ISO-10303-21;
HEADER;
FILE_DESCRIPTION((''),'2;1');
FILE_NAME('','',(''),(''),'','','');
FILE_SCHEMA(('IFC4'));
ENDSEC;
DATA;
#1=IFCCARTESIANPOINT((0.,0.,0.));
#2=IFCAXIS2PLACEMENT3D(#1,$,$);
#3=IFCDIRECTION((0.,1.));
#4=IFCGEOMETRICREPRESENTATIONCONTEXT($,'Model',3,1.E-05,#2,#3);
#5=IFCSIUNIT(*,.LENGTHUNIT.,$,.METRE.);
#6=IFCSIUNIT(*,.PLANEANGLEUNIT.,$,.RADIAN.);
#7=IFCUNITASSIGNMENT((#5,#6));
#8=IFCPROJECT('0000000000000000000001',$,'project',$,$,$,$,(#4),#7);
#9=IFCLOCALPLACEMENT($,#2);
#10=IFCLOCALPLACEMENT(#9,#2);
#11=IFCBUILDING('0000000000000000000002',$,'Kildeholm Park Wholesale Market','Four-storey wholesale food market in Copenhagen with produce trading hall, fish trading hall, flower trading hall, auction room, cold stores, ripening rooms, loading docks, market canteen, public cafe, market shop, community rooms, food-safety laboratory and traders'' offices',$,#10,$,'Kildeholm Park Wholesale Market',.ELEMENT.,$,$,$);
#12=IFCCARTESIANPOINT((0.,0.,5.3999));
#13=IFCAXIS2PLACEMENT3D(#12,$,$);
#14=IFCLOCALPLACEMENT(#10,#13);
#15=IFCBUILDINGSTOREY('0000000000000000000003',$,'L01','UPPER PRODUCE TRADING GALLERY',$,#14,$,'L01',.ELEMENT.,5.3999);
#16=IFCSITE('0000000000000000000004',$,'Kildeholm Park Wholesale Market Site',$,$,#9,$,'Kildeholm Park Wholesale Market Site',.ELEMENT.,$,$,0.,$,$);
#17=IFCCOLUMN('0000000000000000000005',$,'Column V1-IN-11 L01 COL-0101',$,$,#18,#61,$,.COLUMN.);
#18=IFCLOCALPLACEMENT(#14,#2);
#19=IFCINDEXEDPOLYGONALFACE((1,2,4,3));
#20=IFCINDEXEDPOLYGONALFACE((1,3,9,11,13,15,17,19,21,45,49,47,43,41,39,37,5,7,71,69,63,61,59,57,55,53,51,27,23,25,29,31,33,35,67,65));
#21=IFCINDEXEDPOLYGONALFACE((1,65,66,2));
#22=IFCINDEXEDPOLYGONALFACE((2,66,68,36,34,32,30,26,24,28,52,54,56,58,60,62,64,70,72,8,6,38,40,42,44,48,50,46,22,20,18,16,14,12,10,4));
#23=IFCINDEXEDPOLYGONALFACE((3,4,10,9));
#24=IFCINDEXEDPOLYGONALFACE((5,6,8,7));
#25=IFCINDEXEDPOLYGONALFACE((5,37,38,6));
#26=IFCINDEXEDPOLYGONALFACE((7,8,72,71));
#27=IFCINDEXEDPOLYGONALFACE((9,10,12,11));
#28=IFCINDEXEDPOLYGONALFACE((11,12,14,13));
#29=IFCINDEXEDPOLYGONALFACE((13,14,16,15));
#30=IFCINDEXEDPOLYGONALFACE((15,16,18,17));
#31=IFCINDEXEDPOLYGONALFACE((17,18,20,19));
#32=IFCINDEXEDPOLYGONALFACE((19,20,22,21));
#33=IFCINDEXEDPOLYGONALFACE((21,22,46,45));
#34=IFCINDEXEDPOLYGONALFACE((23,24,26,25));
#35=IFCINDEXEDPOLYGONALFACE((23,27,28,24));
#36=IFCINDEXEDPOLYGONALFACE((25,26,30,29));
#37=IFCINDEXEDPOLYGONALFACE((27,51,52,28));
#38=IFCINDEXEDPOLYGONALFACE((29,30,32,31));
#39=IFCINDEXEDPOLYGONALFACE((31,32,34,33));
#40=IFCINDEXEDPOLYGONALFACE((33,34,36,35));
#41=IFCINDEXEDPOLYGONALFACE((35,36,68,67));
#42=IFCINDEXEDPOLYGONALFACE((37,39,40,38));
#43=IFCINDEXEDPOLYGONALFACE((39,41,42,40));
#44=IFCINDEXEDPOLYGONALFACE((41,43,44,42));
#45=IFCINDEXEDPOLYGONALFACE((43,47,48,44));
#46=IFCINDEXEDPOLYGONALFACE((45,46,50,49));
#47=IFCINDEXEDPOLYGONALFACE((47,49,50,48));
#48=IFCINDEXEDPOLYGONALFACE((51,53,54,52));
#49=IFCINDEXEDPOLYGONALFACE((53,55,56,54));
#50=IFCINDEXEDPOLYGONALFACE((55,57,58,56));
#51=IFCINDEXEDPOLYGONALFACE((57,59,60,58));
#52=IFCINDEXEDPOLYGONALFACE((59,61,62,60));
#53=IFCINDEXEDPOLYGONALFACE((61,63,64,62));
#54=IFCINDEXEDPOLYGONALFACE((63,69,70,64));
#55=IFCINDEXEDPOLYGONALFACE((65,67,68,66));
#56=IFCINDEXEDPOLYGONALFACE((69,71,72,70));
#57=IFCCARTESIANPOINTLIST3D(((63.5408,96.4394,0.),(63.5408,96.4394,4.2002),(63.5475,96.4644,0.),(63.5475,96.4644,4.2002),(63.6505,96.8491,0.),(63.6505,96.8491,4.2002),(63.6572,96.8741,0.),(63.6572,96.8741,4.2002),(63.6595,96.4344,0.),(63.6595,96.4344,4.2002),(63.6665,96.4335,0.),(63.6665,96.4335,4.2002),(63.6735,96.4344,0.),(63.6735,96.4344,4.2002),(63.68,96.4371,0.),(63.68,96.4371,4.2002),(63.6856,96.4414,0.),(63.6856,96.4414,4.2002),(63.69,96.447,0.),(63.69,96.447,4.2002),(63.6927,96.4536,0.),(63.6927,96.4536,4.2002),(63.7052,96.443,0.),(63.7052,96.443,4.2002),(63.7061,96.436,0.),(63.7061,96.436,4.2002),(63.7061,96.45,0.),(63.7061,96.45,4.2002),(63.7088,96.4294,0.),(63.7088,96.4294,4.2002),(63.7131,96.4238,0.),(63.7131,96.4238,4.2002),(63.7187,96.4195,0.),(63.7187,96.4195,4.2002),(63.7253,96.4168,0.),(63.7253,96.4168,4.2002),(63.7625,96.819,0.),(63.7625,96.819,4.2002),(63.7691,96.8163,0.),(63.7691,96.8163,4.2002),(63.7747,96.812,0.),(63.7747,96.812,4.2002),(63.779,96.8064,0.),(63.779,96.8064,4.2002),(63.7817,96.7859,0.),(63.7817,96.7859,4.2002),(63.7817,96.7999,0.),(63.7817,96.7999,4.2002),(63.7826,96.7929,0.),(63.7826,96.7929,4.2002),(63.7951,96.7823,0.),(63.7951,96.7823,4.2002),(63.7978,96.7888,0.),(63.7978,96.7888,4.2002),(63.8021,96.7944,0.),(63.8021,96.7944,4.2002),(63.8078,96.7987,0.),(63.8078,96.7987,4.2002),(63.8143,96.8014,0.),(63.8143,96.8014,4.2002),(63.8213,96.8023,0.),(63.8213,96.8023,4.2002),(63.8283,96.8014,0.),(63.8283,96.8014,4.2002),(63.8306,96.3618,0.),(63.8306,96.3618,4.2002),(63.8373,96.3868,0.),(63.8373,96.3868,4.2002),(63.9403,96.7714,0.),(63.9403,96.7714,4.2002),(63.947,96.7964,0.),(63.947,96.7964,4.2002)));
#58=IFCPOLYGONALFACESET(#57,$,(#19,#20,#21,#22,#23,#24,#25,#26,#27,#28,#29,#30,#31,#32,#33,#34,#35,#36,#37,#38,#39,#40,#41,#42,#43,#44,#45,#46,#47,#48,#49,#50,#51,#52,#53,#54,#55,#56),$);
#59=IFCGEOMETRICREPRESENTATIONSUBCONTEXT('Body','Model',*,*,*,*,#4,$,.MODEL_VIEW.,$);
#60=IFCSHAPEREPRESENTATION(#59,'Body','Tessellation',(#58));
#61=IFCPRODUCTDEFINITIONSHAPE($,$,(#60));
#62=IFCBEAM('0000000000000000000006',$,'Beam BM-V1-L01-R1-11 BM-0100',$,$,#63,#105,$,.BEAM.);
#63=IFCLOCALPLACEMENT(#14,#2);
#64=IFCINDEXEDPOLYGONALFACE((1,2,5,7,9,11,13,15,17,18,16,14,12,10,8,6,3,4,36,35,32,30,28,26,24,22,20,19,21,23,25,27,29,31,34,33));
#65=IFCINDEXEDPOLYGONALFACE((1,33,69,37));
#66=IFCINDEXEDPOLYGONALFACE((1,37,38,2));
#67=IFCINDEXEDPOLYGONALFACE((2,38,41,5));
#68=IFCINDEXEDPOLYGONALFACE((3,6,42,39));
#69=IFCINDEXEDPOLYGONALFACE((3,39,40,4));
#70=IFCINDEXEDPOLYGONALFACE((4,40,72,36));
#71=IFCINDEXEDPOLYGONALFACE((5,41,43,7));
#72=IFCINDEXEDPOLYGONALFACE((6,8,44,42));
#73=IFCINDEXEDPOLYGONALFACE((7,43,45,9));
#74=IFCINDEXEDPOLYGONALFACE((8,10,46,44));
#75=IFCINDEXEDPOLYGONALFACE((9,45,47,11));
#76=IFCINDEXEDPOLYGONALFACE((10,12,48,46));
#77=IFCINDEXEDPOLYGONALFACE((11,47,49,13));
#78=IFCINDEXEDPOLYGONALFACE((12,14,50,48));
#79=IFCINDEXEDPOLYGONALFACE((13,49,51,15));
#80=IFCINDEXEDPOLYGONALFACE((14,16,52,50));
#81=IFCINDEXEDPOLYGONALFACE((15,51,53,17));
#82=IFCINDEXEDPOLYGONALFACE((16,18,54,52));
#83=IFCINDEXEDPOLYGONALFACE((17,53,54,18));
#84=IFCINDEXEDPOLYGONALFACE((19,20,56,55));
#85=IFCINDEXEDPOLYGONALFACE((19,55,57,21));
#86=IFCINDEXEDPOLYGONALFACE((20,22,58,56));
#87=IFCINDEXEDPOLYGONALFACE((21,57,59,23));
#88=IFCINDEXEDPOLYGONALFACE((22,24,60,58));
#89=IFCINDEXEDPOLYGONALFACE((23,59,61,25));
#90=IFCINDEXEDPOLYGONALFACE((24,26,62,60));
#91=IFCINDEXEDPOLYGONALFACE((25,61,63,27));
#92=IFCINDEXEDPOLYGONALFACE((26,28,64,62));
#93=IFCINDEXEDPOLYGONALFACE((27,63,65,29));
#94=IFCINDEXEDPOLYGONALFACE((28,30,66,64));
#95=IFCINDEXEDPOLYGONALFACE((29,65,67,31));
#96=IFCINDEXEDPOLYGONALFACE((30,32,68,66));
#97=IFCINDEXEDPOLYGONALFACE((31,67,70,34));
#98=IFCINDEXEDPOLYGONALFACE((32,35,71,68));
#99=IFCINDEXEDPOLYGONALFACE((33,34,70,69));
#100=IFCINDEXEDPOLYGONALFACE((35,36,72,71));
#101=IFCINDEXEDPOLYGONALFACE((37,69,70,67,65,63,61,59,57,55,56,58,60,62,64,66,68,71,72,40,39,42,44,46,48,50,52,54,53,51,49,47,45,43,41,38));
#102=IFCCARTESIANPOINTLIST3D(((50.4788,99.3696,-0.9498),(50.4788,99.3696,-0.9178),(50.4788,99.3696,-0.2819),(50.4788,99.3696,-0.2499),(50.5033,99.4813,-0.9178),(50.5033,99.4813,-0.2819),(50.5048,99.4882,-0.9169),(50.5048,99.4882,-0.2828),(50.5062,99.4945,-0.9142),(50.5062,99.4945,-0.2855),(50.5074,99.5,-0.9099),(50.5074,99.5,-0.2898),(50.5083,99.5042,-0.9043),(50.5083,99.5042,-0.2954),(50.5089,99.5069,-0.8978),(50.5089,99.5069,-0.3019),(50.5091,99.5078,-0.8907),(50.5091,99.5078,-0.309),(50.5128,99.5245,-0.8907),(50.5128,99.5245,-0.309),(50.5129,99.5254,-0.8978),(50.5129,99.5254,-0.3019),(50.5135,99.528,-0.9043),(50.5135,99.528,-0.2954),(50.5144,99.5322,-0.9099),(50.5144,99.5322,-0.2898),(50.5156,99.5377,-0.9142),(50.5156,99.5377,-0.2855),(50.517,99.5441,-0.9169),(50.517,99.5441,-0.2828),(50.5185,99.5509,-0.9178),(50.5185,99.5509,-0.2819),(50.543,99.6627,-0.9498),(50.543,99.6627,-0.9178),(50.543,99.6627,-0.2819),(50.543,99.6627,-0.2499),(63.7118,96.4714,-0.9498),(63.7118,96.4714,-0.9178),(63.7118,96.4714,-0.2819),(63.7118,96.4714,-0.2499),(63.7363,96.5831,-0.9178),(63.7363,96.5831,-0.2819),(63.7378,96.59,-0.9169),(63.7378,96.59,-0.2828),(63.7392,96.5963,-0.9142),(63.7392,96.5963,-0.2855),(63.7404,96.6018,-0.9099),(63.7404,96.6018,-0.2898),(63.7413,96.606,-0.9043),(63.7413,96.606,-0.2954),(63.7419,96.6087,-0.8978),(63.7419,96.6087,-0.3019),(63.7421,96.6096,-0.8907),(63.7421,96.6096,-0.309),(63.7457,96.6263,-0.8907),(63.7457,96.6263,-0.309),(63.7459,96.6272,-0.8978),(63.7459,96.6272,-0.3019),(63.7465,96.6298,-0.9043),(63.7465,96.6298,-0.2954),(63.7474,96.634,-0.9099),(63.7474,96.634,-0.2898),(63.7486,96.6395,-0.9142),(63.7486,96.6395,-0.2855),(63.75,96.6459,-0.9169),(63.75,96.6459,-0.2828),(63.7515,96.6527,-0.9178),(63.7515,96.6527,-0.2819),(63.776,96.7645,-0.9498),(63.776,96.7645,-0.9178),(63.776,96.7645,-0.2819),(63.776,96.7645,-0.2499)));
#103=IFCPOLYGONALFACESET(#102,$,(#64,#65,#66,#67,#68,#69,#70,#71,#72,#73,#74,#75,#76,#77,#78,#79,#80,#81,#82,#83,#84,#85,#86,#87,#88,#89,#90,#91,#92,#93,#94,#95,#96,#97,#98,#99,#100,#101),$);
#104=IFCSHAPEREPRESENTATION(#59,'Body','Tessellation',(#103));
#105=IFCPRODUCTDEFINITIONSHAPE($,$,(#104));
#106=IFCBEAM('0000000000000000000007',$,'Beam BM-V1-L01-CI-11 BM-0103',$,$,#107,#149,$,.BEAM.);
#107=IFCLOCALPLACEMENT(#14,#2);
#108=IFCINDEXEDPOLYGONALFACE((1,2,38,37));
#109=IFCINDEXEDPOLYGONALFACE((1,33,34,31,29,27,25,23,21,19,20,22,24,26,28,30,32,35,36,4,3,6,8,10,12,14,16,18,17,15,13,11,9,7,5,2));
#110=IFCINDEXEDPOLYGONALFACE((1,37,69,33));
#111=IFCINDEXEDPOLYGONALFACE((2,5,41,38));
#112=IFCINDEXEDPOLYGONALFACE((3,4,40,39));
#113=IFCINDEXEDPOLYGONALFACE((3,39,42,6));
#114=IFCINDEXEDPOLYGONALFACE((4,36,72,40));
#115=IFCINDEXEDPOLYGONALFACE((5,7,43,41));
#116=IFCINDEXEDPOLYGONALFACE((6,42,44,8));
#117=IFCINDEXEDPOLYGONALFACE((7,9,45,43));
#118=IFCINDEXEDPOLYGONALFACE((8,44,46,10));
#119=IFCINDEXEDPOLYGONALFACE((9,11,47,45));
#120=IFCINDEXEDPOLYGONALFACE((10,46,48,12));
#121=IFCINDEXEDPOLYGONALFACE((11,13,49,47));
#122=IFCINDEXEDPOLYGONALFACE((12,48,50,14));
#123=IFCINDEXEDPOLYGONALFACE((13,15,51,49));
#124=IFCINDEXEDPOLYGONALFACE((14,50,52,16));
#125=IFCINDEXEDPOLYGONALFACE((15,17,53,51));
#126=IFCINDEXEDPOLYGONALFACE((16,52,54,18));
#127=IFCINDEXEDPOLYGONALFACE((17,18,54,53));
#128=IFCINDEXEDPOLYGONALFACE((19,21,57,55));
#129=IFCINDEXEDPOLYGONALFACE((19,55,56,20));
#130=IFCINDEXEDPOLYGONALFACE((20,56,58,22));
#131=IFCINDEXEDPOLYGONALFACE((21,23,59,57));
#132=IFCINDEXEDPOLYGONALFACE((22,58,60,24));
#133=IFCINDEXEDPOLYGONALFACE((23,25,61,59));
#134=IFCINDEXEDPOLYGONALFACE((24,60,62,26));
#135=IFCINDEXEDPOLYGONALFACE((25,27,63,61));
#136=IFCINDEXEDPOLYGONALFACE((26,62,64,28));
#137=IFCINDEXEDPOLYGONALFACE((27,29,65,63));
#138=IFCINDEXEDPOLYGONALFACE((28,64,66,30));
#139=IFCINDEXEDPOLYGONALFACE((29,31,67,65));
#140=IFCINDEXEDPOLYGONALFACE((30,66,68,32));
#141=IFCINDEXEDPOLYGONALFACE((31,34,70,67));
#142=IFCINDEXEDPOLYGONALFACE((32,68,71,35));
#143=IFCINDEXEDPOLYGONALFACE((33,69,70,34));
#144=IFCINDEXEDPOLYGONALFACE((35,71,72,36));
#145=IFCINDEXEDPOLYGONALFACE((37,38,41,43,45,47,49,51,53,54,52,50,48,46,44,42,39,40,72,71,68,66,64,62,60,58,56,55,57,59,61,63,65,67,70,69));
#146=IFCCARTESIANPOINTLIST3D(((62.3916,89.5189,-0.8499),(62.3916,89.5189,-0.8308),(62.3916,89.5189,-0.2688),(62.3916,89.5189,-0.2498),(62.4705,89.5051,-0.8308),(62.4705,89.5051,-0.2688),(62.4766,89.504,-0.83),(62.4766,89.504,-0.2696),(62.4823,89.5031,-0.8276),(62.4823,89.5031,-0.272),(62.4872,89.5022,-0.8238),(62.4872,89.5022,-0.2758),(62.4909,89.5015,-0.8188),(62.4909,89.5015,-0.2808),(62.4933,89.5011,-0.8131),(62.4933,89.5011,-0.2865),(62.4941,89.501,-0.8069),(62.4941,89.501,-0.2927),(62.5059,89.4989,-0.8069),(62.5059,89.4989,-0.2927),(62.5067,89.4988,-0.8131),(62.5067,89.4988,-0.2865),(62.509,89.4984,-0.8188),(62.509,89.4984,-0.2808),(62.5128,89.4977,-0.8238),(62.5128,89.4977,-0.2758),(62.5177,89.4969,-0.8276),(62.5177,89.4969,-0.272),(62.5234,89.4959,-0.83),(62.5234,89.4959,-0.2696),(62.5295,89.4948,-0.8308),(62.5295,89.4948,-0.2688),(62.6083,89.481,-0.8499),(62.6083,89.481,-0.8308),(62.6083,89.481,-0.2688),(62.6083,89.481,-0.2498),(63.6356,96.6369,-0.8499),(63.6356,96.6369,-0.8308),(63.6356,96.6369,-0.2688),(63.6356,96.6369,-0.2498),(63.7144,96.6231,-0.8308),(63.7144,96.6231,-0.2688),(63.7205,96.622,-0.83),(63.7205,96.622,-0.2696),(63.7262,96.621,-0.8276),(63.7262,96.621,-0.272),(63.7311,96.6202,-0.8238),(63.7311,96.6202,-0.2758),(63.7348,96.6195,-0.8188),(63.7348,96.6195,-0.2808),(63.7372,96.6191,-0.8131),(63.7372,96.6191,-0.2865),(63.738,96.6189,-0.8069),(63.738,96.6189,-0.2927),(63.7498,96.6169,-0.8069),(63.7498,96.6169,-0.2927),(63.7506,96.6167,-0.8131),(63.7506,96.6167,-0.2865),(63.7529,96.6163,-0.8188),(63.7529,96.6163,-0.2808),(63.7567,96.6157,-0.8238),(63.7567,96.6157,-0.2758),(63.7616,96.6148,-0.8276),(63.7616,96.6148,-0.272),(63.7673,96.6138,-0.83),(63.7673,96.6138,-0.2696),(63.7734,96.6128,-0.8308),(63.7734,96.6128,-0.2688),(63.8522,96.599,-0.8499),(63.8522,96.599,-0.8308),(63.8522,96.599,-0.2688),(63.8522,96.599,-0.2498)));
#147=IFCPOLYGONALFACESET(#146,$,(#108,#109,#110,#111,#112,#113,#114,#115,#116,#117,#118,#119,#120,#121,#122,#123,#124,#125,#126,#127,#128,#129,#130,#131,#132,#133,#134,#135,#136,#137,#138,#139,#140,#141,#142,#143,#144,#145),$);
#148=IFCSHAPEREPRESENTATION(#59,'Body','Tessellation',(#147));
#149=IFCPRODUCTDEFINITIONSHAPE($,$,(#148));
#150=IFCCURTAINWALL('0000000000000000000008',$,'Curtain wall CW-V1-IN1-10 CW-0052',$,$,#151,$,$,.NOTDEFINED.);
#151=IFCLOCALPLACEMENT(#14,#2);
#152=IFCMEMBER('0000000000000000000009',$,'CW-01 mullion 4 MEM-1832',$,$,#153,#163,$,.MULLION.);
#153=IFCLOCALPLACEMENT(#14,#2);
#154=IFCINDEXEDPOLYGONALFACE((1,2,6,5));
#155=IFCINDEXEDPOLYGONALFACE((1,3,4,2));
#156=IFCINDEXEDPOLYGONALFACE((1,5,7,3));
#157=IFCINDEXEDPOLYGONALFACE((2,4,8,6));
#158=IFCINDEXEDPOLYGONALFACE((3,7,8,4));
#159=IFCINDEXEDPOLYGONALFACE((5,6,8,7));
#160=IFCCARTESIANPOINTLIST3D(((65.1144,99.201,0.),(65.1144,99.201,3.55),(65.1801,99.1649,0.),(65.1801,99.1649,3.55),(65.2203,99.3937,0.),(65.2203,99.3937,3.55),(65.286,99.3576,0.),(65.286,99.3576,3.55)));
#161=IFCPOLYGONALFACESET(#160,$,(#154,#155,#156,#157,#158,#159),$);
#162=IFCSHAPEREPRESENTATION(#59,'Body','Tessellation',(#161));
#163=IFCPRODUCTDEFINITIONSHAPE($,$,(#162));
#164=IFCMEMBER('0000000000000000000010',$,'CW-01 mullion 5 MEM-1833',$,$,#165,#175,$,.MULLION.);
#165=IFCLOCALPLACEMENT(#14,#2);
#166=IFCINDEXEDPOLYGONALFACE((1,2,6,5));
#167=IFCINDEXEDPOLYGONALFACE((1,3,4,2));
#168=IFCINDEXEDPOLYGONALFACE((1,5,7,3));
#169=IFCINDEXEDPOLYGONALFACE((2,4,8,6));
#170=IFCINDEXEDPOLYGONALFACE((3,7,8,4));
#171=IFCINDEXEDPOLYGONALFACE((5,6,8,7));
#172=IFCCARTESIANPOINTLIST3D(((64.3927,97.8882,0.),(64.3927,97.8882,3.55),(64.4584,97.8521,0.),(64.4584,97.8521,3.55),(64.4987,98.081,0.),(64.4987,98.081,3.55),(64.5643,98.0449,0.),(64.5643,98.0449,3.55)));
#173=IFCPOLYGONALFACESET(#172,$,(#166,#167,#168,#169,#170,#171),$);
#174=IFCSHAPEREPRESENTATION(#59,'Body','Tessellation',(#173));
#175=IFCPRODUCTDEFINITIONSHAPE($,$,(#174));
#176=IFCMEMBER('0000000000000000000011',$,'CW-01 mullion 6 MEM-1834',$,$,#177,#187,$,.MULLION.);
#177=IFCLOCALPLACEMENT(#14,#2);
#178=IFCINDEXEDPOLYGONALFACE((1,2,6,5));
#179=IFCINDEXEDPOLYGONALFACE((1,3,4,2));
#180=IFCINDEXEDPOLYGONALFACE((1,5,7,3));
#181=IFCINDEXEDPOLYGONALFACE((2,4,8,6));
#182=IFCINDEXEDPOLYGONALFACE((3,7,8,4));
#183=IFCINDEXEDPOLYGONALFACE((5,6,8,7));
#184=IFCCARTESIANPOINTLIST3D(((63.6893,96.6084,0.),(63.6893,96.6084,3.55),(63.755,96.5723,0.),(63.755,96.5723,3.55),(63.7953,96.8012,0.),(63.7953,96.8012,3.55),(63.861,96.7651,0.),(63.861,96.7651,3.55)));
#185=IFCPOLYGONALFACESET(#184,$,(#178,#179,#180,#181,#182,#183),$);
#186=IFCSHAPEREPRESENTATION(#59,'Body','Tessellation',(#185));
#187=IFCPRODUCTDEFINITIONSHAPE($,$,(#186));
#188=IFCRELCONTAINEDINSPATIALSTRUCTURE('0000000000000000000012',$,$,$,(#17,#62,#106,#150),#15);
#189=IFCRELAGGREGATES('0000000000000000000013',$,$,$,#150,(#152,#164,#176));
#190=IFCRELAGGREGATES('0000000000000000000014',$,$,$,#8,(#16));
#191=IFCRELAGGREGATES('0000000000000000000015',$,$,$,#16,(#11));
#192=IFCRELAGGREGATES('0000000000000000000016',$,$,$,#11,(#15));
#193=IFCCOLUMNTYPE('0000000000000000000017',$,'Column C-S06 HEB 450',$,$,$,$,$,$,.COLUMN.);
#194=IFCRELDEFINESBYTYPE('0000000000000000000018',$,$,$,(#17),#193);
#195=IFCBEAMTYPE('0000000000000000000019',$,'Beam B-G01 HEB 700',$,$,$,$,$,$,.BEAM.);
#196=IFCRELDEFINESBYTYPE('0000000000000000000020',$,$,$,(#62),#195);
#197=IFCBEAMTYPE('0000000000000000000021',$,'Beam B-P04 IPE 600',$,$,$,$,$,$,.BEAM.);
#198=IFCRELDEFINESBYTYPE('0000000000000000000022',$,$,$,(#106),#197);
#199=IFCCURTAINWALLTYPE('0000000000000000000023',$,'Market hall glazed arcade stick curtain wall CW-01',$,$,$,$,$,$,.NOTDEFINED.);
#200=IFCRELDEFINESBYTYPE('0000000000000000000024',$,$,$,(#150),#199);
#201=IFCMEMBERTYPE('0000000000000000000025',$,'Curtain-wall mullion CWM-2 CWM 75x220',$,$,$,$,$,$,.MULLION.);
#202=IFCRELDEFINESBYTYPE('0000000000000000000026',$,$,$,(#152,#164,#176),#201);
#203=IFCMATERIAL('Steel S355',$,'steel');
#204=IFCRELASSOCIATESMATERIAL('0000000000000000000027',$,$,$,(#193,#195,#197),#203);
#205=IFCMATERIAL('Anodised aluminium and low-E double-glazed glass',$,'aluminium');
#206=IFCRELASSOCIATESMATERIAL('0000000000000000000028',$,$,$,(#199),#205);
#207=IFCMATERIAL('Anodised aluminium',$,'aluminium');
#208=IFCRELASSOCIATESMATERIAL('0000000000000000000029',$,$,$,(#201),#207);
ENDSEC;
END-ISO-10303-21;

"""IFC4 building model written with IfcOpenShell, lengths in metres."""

from ifc_helpers import new_model, si_unit, direction, frame, origin, origin_2d, place, context, subcontext, project, spatial, rectangle, i_section, extrude, material, material_profile, profile_set, type_object, element, aggregate, save


model = new_model("IFC4")

# Units and contexts
model_context = context("Model", 3, precision=1e-05, world=origin(), true_north=direction((0.0, 1.0)))
body_context = subcontext(model_context, "Body", "Model", "MODEL_VIEW")
ifc_project = project(units=[si_unit("LENGTHUNIT", "METRE"), si_unit("PLANEANGLEUNIT", "RADIAN")], contexts=[model_context])

# Site, building, storey
site_placement = place(None, origin())
site = spatial("IfcSite", under=ifc_project, at=site_placement, Name="Kildeholm Park Wholesale Market Site", LongName="Kildeholm Park Wholesale Market Site", CompositionType="ELEMENT", RefElevation=0.0)
building_placement = place(site_placement, origin())
building = spatial("IfcBuilding", under=site, at=building_placement, Name="Kildeholm Park Wholesale Market", Description="Four-storey wholesale food market in Copenhagen with produce trading hall, fish trading hall, flower trading hall, auction room, cold stores, ripening rooms, loading docks, market canteen, public cafe, market shop, community rooms, food-safety laboratory and traders' offices", LongName="Kildeholm Park Wholesale Market", CompositionType="ELEMENT")
storey_placement = place(building_placement, frame((0.0, 0.0, 5.3999)))
storey = spatial("IfcBuildingStorey", under=building, at=storey_placement, Name="L01", Description="UPPER PRODUCE TRADING GALLERY", LongName="L01", CompositionType="ELEMENT", Elevation=5.3999)

# Column
ifc_material_1 = material(Name="Steel S355", Category="steel")
ifc_material_profile_1 = material_profile(ifc_material_1, i_section(OverallWidth=0.3, OverallDepth=0.45, WebThickness=0.0139, FlangeThickness=0.0259, FilletRadius=0.0271, at=origin_2d()), Name="HEB 450")
ifc_profile_set_1 = profile_set([ifc_material_profile_1], Name="Steel S355")
column_type = type_object("IfcColumnType", Name="Column C-S06 HEB 450", PredefinedType="COLUMN", material=ifc_profile_set_1)
column_placement = place(storey_placement, frame((63.7439, 96.6179, 0.0), z_axis=(0.0, 0.0, 1.0), x_axis=(-0.965926, 0.258819, 0.0)))
element("IfcColumn", 1, at=column_placement, inside=storey, type_object=column_type, Name="Column V1-IN-11 L01 COL-0101", PredefinedType="COLUMN", context=body_context, shape_type="SweptSolid", body=[
    extrude(i_section(OverallWidth=0.3, OverallDepth=0.45, WebThickness=0.0139, FlangeThickness=0.0259, FilletRadius=0.0271, at=origin_2d()), origin(), (0.0, 0.0, 1.0), 4.2002),
])

# Beams
ifc_material_profile_2 = material_profile(ifc_material_1, i_section(OverallWidth=0.3, OverallDepth=0.7, WebThickness=0.0171, FlangeThickness=0.032, FilletRadius=0.0271, at=origin_2d()), Name="HEB 700")
ifc_profile_set_2 = profile_set([ifc_material_profile_2], Name="Steel S355")
beam_type_1 = type_object("IfcBeamType", Name="Beam B-G01 HEB 700", PredefinedType="BEAM", material=ifc_profile_set_2)
beam_1_placement = place(storey_placement, frame((63.7439, 96.6179, -0.5999), z_axis=(-0.976846, 0.213943, 0.0), x_axis=(-0.213943, -0.976846, 0.0)))
element("IfcBeam", 2, at=beam_1_placement, inside=storey, type_object=beam_type_1, Name="Beam BM-V1-L01-R1-11 BM-0100", PredefinedType="BEAM", context=body_context, shape_type="SweptSolid", body=[
    extrude(i_section(OverallWidth=0.3, OverallDepth=0.7, WebThickness=0.0171, FlangeThickness=0.032, FilletRadius=0.0271, at=origin_2d()), origin(), (0.0, 0.0, 1.0), 13.5466),
])
ifc_material_profile_3 = material_profile(ifc_material_1, i_section(OverallWidth=0.22, OverallDepth=0.6001, WebThickness=0.012, FlangeThickness=0.019, FilletRadius=0.0239, at=origin_2d()), Name="IPE 600")
ifc_profile_set_3 = profile_set([ifc_material_profile_3], Name="Steel S355")
beam_type_2 = type_object("IfcBeamType", Name="Beam B-P04 IPE 600", PredefinedType="BEAM", material=ifc_profile_set_3)
beam_2_placement = place(storey_placement, frame((63.7439, 96.6179, -0.5498), z_axis=(-0.172147, -0.985071, 0.0), x_axis=(0.985071, -0.172147, 0.0)))
element("IfcBeam", 3, at=beam_2_placement, inside=storey, type_object=beam_type_2, Name="Beam BM-V1-L01-CI-11 BM-0103", PredefinedType="BEAM", context=body_context, shape_type="SweptSolid", body=[
    extrude(i_section(OverallWidth=0.22, OverallDepth=0.6001, WebThickness=0.012, FlangeThickness=0.019, FilletRadius=0.0239, at=origin_2d()), origin(), (0.0, 0.0, 1.0), 7.2258),
])

# Curtain wall, members
ifc_material_2 = material(Name="Anodised aluminium and low-E double-glazed glass", Category="aluminium")
curtain_wall_type = type_object("IfcCurtainWallType", Name="Market hall glazed arcade stick curtain wall CW-01", PredefinedType="NOTDEFINED", material=ifc_material_2)
curtain_wall_1_placement = place(storey_placement, origin())
curtain_wall_1 = element("IfcCurtainWall", 4, at=curtain_wall_1_placement, inside=storey, type_object=curtain_wall_type, Name="Curtain wall CW-V1-IN1-10 CW-0052", PredefinedType="NOTDEFINED")
ifc_material_3 = material(Name="Anodised aluminium", Category="aluminium")
ifc_material_profile_4 = material_profile(ifc_material_3, rectangle(XDim=0.075, YDim=0.22, at=origin_2d()), Name="CWM 75x220")
ifc_profile_set_4 = profile_set([ifc_material_profile_4], Name="Anodised aluminium")
member_type_1 = type_object("IfcMemberType", Name="Curtain-wall mullion CWM-2 CWM 75x220", PredefinedType="MULLION", material=ifc_profile_set_4)
member_1_placement = place(storey_placement, frame((65.2002, 99.2793, 0.0), z_axis=(0.0, 0.0, 1.0), x_axis=(0.876309, -0.48175, 0.0)))
member_1 = element("IfcMember", 5, at=member_1_placement, type_object=member_type_1, Name="CW-01 mullion 4 MEM-1832", PredefinedType="MULLION", context=body_context, shape_type="SweptSolid", body=[
    extrude(rectangle(XDim=0.075, YDim=0.22, at=origin_2d()), origin(), (0.0, 0.0, 1.0), 3.55),
])
member_2_placement = place(storey_placement, frame((64.4785, 97.9666, 0.0), z_axis=(0.0, 0.0, 1.0), x_axis=(0.876309, -0.48175, 0.0)))
member_2 = element("IfcMember", 6, at=member_2_placement, type_object=member_type_1, Name="CW-01 mullion 5 MEM-1833", PredefinedType="MULLION", context=body_context, shape_type="SweptSolid", body=[
    extrude(rectangle(XDim=0.075, YDim=0.22, at=origin_2d()), origin(), (0.0, 0.0, 1.0), 3.55),
])
member_3_placement = place(storey_placement, frame((63.7751, 96.6868, 0.0), z_axis=(0.0, 0.0, 1.0), x_axis=(0.876309, -0.48175, 0.0)))
member_3 = element("IfcMember", 7, at=member_3_placement, type_object=member_type_1, Name="CW-01 mullion 6 MEM-1834", PredefinedType="MULLION", context=body_context, shape_type="SweptSolid", body=[
    extrude(rectangle(XDim=0.075, YDim=0.22, at=origin_2d()), origin(), (0.0, 0.0, 1.0), 3.55),
])

aggregate(curtain_wall_1, [member_1, member_2, member_3])

save(model, "model.ifc")
